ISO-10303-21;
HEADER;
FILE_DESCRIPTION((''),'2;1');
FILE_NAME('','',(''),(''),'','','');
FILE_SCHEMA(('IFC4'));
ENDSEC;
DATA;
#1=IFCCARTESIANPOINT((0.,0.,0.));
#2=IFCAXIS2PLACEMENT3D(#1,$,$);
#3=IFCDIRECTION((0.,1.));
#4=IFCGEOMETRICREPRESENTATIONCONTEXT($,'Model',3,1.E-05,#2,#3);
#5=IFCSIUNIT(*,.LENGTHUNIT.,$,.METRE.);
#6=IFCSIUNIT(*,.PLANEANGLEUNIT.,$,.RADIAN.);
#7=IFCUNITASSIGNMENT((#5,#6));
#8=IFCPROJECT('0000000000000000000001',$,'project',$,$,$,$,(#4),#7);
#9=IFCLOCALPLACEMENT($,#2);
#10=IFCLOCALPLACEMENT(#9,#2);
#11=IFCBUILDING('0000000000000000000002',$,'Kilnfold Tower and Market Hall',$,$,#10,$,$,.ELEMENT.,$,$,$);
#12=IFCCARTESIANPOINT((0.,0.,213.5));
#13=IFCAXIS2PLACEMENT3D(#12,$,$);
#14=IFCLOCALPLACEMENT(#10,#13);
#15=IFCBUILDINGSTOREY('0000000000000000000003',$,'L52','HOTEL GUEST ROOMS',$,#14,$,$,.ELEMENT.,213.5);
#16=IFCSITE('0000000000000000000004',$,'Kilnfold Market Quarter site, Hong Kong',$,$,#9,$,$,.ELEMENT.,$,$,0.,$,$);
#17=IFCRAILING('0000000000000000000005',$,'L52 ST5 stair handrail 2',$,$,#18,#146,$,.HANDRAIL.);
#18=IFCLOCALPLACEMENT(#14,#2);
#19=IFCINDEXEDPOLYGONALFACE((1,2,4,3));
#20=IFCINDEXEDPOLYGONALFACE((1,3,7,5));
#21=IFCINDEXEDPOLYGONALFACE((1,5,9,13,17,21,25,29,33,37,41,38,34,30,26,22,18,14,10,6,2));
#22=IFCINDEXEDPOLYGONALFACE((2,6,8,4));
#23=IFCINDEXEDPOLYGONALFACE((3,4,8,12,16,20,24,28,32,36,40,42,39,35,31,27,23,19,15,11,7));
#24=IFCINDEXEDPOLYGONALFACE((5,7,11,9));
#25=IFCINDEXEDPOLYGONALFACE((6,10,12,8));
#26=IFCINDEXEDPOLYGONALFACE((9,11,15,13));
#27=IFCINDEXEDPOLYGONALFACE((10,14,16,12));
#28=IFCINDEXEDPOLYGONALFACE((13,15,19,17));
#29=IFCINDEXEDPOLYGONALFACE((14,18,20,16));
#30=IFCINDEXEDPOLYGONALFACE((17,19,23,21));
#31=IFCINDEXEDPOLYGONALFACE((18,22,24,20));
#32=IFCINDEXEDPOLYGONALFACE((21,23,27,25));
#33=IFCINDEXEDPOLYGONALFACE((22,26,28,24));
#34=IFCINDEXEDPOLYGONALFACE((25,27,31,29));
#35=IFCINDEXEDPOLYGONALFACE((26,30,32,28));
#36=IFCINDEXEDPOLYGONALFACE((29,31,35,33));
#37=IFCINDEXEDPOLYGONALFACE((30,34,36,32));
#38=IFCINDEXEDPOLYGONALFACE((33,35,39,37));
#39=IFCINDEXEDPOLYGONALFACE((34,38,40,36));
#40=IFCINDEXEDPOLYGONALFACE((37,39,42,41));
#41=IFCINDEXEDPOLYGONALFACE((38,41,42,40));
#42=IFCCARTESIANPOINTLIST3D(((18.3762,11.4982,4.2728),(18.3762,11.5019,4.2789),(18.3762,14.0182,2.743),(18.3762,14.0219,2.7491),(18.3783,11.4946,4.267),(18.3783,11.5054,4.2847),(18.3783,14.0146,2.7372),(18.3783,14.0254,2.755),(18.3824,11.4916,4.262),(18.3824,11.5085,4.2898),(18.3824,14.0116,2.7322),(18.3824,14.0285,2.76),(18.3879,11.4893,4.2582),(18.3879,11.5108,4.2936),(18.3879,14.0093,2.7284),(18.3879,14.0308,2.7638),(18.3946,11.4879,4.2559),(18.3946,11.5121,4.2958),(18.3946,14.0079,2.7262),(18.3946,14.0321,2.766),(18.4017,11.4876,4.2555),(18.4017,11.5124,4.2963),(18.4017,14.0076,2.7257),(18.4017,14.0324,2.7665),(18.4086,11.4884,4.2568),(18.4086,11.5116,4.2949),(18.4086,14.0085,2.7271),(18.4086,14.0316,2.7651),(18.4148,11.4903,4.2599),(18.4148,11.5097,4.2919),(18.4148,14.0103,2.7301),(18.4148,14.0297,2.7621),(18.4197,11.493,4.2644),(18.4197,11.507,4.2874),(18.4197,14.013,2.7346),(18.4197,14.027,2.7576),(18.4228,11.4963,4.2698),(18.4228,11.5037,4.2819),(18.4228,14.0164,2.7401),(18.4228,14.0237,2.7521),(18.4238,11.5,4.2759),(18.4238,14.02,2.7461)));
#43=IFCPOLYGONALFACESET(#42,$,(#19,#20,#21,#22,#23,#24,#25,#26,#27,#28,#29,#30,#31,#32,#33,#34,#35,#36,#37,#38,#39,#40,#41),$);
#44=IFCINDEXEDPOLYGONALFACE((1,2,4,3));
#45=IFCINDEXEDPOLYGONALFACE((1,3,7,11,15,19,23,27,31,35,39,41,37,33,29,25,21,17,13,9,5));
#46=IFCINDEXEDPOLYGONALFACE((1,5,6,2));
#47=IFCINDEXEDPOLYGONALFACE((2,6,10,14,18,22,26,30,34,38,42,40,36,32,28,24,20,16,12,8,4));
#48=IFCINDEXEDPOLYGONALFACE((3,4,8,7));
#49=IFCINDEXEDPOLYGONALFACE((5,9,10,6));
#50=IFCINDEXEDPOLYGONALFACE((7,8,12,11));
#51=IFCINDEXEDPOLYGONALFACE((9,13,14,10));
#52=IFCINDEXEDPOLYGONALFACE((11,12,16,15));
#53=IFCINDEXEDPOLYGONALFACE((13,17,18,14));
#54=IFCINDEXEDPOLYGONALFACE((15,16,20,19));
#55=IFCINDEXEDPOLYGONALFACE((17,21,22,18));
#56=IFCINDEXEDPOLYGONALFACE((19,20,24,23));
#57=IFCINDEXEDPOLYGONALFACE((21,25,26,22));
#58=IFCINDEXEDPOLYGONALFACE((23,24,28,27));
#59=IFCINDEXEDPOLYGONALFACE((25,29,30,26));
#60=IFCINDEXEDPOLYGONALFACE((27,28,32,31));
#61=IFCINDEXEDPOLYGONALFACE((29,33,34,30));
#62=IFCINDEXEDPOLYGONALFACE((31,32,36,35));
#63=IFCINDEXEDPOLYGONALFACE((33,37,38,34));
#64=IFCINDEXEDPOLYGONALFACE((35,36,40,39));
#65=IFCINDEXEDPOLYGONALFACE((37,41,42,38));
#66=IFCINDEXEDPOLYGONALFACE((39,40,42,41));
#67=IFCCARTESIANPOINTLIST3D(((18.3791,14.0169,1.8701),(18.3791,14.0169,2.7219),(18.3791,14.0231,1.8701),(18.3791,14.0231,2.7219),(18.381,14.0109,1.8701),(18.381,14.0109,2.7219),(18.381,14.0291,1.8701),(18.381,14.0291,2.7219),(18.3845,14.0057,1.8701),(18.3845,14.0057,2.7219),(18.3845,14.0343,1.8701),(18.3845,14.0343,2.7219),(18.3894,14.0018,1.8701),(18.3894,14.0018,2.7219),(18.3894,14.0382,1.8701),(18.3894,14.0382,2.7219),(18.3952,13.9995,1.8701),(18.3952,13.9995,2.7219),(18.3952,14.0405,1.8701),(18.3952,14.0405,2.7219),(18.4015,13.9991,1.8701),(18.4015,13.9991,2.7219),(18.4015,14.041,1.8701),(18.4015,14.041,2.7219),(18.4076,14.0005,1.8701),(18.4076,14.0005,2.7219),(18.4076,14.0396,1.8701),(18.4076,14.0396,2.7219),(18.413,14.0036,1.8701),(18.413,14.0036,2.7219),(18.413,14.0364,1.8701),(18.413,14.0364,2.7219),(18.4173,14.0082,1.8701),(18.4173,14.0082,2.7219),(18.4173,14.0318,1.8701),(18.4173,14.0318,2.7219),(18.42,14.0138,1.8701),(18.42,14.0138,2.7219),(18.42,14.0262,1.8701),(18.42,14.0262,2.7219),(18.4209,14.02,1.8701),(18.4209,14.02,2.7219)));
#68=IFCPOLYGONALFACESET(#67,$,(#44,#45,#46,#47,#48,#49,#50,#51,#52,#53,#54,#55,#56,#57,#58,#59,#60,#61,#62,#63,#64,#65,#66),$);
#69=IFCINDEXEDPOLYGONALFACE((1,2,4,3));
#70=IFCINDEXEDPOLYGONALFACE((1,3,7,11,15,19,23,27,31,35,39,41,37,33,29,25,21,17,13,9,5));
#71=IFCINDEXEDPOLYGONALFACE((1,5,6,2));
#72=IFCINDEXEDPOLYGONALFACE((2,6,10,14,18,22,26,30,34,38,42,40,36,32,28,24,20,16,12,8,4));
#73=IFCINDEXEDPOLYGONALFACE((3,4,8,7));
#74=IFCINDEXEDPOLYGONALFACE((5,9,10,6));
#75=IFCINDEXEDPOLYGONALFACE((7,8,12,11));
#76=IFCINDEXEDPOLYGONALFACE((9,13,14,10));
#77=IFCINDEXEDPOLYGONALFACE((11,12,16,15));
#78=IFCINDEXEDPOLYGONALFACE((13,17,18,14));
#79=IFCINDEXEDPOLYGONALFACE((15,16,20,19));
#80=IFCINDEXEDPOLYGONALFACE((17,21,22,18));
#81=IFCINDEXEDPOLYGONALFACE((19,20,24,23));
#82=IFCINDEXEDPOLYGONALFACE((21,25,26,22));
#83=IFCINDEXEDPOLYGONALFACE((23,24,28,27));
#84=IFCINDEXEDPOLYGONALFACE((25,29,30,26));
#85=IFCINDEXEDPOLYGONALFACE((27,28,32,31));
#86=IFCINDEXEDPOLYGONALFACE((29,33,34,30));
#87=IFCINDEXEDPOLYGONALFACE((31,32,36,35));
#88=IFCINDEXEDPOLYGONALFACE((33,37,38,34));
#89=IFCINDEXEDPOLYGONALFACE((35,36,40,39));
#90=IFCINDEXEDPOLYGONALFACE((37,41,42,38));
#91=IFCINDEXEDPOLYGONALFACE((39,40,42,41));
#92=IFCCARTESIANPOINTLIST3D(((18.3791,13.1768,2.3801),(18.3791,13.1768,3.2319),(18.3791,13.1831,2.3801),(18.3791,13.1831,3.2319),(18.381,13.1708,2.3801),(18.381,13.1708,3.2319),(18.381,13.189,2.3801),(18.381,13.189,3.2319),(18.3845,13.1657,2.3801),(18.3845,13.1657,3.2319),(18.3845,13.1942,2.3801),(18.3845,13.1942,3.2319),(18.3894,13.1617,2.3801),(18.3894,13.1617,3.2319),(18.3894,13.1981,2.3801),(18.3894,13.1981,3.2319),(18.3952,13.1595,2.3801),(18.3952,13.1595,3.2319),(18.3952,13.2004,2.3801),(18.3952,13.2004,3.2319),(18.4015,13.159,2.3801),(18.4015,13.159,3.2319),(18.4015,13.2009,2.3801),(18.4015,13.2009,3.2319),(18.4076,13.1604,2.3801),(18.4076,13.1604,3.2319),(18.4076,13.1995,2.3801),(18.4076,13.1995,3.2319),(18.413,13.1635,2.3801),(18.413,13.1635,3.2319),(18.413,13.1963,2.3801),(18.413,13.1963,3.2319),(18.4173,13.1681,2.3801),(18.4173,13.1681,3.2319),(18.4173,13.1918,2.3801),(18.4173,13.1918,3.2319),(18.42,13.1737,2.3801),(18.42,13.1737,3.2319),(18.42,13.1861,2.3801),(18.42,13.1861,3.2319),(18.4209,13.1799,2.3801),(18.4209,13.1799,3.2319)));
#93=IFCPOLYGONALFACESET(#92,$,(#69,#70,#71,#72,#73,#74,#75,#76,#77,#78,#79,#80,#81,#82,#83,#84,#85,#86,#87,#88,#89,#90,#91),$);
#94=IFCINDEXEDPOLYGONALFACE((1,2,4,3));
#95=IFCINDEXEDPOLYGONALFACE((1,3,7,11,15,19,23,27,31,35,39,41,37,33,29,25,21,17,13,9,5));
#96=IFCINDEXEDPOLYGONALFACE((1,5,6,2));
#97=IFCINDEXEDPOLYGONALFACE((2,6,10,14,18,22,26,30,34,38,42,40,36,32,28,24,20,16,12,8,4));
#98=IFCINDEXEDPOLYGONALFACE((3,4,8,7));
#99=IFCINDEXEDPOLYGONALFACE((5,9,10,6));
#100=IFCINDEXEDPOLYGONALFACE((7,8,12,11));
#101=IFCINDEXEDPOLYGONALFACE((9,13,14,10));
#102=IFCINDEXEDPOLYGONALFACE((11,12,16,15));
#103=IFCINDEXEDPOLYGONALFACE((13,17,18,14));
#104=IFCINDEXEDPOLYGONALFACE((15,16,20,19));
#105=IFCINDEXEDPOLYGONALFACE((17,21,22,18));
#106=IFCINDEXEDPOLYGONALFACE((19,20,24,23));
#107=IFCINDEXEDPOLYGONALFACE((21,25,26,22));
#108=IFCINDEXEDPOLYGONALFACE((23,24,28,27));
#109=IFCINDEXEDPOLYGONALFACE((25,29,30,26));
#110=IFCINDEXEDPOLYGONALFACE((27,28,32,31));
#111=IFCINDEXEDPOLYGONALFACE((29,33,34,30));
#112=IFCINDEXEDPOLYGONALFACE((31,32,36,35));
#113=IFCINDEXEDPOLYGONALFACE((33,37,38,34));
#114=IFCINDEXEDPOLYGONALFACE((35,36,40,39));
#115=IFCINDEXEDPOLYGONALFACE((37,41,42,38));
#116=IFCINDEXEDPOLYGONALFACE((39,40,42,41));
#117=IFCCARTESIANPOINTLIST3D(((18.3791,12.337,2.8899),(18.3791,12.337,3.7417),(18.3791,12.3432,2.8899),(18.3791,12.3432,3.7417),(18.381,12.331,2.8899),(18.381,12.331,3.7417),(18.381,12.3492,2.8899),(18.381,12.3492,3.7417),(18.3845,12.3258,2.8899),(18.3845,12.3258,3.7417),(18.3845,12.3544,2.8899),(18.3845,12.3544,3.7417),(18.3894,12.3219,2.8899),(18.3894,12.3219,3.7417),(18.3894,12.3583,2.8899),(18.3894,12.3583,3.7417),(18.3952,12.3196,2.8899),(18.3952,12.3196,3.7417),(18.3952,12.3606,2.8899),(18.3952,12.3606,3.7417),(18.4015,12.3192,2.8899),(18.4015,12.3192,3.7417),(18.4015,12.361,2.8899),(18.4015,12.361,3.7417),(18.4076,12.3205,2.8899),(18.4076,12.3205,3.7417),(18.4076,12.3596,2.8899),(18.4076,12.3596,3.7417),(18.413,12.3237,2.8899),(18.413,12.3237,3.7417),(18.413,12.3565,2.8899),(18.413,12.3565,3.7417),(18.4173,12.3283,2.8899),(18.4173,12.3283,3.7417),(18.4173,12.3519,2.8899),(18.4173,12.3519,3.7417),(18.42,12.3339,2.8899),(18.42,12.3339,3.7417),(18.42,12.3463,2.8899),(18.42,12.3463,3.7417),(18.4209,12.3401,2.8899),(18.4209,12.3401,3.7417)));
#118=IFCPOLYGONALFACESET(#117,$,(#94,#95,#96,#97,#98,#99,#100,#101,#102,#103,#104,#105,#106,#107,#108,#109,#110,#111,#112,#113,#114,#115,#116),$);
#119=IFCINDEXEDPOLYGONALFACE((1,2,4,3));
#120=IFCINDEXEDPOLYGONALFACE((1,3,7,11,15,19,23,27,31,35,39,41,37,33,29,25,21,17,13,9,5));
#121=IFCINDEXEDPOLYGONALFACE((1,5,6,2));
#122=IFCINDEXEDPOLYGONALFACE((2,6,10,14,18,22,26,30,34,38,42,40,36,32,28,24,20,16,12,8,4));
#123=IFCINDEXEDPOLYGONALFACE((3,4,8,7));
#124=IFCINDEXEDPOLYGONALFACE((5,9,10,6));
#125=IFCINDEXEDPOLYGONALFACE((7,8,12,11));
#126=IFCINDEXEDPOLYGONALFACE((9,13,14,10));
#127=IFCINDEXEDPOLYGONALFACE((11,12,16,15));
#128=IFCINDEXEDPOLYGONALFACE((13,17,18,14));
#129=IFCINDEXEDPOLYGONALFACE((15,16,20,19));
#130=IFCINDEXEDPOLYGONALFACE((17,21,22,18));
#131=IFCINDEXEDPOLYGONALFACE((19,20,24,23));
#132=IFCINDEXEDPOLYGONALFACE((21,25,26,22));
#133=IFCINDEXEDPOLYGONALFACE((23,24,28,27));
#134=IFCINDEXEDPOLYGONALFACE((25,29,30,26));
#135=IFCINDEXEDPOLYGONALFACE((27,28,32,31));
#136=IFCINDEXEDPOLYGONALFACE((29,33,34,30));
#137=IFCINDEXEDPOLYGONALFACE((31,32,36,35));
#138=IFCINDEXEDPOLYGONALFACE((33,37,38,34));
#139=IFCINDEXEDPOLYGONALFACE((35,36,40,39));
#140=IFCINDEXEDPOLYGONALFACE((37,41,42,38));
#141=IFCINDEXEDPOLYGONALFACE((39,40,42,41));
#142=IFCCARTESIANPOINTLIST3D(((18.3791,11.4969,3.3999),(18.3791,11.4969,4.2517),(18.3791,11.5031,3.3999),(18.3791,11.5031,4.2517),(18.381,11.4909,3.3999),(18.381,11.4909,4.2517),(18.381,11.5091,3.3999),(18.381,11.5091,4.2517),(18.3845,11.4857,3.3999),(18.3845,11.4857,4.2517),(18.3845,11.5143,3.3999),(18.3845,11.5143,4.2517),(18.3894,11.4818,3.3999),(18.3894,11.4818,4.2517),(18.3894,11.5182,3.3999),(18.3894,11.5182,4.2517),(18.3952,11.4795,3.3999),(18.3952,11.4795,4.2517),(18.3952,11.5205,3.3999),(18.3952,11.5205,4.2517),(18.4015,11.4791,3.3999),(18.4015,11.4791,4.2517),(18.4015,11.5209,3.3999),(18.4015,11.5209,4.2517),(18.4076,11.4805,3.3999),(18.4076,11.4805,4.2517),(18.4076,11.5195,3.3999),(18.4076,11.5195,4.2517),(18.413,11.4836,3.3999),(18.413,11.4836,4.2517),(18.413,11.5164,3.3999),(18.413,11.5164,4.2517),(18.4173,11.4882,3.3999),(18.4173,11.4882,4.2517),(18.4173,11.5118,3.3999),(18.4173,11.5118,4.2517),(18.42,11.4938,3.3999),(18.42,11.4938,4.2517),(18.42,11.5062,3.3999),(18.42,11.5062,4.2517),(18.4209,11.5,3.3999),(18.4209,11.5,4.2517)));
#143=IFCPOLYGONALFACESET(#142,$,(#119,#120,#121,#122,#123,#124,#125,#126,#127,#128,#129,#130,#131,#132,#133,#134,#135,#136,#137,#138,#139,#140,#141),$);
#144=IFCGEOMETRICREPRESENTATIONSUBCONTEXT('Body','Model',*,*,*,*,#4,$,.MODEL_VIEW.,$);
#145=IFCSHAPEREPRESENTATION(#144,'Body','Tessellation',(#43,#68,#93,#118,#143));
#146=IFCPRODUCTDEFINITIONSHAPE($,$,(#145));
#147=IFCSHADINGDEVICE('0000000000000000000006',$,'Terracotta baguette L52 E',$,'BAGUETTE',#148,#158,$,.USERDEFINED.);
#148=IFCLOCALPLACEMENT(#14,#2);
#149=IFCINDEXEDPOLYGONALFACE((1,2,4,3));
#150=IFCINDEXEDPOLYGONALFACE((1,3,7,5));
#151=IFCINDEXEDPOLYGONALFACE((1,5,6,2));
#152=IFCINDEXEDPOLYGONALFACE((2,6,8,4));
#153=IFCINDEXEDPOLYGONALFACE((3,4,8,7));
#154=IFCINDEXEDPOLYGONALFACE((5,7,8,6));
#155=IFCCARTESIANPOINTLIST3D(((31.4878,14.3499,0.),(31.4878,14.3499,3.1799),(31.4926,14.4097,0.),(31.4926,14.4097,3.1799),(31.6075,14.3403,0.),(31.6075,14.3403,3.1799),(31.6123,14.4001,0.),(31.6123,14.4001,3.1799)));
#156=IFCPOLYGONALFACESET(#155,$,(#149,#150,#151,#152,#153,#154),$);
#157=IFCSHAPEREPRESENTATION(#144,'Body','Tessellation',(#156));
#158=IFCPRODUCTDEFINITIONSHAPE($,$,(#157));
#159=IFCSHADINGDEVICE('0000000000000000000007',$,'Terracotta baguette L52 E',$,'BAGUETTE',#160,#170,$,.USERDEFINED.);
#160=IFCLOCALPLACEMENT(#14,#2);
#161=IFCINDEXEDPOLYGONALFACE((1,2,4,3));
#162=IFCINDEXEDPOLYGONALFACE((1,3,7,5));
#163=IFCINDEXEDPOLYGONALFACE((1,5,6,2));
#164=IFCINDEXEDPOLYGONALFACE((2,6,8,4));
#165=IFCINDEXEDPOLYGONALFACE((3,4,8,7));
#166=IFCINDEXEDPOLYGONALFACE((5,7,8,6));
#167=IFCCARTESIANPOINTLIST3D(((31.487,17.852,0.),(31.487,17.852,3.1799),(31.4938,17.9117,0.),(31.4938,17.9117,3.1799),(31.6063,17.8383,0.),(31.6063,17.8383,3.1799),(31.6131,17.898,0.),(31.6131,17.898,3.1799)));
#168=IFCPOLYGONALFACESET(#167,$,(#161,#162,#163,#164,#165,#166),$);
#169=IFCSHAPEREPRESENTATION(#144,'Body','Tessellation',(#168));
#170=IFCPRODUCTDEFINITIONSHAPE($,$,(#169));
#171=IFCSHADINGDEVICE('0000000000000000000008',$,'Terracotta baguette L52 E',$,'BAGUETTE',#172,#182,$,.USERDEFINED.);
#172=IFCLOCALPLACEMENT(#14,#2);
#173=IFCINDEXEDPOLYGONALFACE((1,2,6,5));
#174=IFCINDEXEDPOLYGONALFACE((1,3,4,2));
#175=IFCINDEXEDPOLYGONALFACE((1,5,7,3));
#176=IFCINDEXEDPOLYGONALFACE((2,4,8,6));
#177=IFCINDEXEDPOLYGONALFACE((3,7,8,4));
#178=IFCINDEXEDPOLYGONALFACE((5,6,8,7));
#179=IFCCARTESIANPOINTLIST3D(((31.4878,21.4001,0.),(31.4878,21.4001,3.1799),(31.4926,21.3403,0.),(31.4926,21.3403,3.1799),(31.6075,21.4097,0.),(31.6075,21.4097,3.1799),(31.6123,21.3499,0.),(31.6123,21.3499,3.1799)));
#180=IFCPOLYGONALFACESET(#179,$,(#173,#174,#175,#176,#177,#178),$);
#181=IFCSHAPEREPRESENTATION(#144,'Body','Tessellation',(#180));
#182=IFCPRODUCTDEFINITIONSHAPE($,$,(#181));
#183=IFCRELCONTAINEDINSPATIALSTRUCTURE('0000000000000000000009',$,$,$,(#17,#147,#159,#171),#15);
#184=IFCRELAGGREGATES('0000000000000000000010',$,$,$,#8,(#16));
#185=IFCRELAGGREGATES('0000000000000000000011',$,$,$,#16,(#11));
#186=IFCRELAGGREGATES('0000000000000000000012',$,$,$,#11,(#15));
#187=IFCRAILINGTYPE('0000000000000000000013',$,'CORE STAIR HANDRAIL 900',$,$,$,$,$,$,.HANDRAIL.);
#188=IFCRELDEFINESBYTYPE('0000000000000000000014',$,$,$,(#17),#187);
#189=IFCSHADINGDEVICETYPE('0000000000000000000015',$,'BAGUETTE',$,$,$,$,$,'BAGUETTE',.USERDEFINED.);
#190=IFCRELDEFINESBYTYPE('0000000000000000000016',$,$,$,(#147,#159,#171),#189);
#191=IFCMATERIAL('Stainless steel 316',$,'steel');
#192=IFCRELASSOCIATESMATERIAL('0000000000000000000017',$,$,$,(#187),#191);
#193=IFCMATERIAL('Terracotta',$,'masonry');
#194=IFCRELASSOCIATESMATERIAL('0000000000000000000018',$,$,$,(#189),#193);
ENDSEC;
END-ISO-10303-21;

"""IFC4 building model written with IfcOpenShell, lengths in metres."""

from ifc_helpers import new_model, si_unit, direction, frame, origin, origin_2d, place, context, subcontext, project, spatial, rectangle, circle, extrude, source, transform, mapped, material, material_profile, profile_set, type_object, element, save


model = new_model("IFC4")

# Units and contexts
model_context = context("Model", 3, precision=1e-05, world=origin(), true_north=direction((0.0, 1.0)))
body_context = subcontext(model_context, "Body", "Model", "MODEL_VIEW")
ifc_project = project(units=[si_unit("LENGTHUNIT", "METRE"), si_unit("PLANEANGLEUNIT", "RADIAN")], contexts=[model_context])

# Site, building, storey
site_placement = place(None, origin())
site = spatial("IfcSite", under=ifc_project, at=site_placement, Name="Kilnfold Market Quarter site, Hong Kong", CompositionType="ELEMENT", RefElevation=0.0)
building_placement = place(site_placement, origin())
building = spatial("IfcBuilding", under=site, at=building_placement, Name="Kilnfold Tower and Market Hall", CompositionType="ELEMENT")
storey_placement = place(building_placement, frame((0.0, 0.0, 213.5)))
storey = spatial("IfcBuildingStorey", under=building, at=storey_placement, Name="L52", Description="HOTEL GUEST ROOMS", CompositionType="ELEMENT", Elevation=213.5)

# Railing
ifc_material_1 = material(Name="Stainless steel 316", Category="steel")
railing_type = type_object("IfcRailingType", Name="CORE STAIR HANDRAIL 900", PredefinedType="HANDRAIL", material=ifc_material_1)
railing_placement = place(storey_placement, frame((18.3999, 14.02, 1.8701)))
element("IfcRailing", 1, at=railing_placement, inside=storey, type_object=railing_type, Name="L52 ST5 stair handrail 2", PredefinedType="HANDRAIL", context=body_context, shape_type="SweptSolid", body=[
    extrude(circle(Radius=0.0239, at=origin_2d()), frame((0.0, 0.0, 0.876), z_axis=(0.0, -0.854822, 0.518922), x_axis=(1.0, 0.0, 0.0)), (0.0, 0.0, 1.0), 2.948),
    extrude(circle(Radius=0.021, at=origin_2d()), origin(), (0.0, 0.0, 1.0), 0.8518),
    extrude(circle(Radius=0.021, at=origin_2d()), frame((0.0, -0.8401, 0.51)), (0.0, 0.0, 1.0), 0.8518),
    extrude(circle(Radius=0.021, at=origin_2d()), frame((0.0, -1.6799, 1.0198)), (0.0, 0.0, 1.0), 0.8518),
    extrude(circle(Radius=0.021, at=origin_2d()), frame((0.0, -2.52, 1.5298)), (0.0, 0.0, 1.0), 0.8518),
])

# Shading devices
ifc_material_2 = material(Name="Terracotta", Category="masonry")
ifc_material_profile_1 = material_profile(ifc_material_2, rectangle(XDim=0.0601, YDim=0.1201, at=origin_2d()), Name="BAG 60x120")
ifc_profile_set_1 = profile_set([ifc_material_profile_1], Name="Terracotta")
shading_device_type = type_object("IfcShadingDeviceType", Name="BAGUETTE", ElementType="BAGUETTE", PredefinedType="USERDEFINED", material=ifc_profile_set_1)
shared_shape_1 = source(origin(), body_context, "Body", "SweptSolid", [
    extrude(rectangle(XDim=0.0601, YDim=0.1201, at=origin_2d()), origin(), (0.0, 0.0, 1.0), 3.1799),
])
for number, where, z_axis, x_axis, name in (
    (2, (31.55, 14.375, 0.0), (0.0, 0.0, 1.0), (0.080084, 0.996788, 0.0), "Terracotta baguette L52 E"),
    (3, (31.55, 17.875, 0.0), (0.0, 0.0, 1.0), (0.114067, 0.993473, 0.0), "Terracotta baguette L52 E"),
    (4, (31.55, 21.375, 0.0), (0.0, 0.0, 1.0), (-0.080084, 0.996788, 0.0), "Terracotta baguette L52 E"),
):
    element("IfcShadingDevice", number, at=place(storey_placement, frame(where, z_axis=z_axis, x_axis=x_axis)), inside=storey, type_object=shading_device_type, Name=name, ObjectType="BAGUETTE", PredefinedType="USERDEFINED", context=body_context, shape_type="MappedRepresentation", body=[
        mapped(shared_shape_1, transform((0.0, 0.0, 0.0))),
    ])

save(model, "model.ifc")
